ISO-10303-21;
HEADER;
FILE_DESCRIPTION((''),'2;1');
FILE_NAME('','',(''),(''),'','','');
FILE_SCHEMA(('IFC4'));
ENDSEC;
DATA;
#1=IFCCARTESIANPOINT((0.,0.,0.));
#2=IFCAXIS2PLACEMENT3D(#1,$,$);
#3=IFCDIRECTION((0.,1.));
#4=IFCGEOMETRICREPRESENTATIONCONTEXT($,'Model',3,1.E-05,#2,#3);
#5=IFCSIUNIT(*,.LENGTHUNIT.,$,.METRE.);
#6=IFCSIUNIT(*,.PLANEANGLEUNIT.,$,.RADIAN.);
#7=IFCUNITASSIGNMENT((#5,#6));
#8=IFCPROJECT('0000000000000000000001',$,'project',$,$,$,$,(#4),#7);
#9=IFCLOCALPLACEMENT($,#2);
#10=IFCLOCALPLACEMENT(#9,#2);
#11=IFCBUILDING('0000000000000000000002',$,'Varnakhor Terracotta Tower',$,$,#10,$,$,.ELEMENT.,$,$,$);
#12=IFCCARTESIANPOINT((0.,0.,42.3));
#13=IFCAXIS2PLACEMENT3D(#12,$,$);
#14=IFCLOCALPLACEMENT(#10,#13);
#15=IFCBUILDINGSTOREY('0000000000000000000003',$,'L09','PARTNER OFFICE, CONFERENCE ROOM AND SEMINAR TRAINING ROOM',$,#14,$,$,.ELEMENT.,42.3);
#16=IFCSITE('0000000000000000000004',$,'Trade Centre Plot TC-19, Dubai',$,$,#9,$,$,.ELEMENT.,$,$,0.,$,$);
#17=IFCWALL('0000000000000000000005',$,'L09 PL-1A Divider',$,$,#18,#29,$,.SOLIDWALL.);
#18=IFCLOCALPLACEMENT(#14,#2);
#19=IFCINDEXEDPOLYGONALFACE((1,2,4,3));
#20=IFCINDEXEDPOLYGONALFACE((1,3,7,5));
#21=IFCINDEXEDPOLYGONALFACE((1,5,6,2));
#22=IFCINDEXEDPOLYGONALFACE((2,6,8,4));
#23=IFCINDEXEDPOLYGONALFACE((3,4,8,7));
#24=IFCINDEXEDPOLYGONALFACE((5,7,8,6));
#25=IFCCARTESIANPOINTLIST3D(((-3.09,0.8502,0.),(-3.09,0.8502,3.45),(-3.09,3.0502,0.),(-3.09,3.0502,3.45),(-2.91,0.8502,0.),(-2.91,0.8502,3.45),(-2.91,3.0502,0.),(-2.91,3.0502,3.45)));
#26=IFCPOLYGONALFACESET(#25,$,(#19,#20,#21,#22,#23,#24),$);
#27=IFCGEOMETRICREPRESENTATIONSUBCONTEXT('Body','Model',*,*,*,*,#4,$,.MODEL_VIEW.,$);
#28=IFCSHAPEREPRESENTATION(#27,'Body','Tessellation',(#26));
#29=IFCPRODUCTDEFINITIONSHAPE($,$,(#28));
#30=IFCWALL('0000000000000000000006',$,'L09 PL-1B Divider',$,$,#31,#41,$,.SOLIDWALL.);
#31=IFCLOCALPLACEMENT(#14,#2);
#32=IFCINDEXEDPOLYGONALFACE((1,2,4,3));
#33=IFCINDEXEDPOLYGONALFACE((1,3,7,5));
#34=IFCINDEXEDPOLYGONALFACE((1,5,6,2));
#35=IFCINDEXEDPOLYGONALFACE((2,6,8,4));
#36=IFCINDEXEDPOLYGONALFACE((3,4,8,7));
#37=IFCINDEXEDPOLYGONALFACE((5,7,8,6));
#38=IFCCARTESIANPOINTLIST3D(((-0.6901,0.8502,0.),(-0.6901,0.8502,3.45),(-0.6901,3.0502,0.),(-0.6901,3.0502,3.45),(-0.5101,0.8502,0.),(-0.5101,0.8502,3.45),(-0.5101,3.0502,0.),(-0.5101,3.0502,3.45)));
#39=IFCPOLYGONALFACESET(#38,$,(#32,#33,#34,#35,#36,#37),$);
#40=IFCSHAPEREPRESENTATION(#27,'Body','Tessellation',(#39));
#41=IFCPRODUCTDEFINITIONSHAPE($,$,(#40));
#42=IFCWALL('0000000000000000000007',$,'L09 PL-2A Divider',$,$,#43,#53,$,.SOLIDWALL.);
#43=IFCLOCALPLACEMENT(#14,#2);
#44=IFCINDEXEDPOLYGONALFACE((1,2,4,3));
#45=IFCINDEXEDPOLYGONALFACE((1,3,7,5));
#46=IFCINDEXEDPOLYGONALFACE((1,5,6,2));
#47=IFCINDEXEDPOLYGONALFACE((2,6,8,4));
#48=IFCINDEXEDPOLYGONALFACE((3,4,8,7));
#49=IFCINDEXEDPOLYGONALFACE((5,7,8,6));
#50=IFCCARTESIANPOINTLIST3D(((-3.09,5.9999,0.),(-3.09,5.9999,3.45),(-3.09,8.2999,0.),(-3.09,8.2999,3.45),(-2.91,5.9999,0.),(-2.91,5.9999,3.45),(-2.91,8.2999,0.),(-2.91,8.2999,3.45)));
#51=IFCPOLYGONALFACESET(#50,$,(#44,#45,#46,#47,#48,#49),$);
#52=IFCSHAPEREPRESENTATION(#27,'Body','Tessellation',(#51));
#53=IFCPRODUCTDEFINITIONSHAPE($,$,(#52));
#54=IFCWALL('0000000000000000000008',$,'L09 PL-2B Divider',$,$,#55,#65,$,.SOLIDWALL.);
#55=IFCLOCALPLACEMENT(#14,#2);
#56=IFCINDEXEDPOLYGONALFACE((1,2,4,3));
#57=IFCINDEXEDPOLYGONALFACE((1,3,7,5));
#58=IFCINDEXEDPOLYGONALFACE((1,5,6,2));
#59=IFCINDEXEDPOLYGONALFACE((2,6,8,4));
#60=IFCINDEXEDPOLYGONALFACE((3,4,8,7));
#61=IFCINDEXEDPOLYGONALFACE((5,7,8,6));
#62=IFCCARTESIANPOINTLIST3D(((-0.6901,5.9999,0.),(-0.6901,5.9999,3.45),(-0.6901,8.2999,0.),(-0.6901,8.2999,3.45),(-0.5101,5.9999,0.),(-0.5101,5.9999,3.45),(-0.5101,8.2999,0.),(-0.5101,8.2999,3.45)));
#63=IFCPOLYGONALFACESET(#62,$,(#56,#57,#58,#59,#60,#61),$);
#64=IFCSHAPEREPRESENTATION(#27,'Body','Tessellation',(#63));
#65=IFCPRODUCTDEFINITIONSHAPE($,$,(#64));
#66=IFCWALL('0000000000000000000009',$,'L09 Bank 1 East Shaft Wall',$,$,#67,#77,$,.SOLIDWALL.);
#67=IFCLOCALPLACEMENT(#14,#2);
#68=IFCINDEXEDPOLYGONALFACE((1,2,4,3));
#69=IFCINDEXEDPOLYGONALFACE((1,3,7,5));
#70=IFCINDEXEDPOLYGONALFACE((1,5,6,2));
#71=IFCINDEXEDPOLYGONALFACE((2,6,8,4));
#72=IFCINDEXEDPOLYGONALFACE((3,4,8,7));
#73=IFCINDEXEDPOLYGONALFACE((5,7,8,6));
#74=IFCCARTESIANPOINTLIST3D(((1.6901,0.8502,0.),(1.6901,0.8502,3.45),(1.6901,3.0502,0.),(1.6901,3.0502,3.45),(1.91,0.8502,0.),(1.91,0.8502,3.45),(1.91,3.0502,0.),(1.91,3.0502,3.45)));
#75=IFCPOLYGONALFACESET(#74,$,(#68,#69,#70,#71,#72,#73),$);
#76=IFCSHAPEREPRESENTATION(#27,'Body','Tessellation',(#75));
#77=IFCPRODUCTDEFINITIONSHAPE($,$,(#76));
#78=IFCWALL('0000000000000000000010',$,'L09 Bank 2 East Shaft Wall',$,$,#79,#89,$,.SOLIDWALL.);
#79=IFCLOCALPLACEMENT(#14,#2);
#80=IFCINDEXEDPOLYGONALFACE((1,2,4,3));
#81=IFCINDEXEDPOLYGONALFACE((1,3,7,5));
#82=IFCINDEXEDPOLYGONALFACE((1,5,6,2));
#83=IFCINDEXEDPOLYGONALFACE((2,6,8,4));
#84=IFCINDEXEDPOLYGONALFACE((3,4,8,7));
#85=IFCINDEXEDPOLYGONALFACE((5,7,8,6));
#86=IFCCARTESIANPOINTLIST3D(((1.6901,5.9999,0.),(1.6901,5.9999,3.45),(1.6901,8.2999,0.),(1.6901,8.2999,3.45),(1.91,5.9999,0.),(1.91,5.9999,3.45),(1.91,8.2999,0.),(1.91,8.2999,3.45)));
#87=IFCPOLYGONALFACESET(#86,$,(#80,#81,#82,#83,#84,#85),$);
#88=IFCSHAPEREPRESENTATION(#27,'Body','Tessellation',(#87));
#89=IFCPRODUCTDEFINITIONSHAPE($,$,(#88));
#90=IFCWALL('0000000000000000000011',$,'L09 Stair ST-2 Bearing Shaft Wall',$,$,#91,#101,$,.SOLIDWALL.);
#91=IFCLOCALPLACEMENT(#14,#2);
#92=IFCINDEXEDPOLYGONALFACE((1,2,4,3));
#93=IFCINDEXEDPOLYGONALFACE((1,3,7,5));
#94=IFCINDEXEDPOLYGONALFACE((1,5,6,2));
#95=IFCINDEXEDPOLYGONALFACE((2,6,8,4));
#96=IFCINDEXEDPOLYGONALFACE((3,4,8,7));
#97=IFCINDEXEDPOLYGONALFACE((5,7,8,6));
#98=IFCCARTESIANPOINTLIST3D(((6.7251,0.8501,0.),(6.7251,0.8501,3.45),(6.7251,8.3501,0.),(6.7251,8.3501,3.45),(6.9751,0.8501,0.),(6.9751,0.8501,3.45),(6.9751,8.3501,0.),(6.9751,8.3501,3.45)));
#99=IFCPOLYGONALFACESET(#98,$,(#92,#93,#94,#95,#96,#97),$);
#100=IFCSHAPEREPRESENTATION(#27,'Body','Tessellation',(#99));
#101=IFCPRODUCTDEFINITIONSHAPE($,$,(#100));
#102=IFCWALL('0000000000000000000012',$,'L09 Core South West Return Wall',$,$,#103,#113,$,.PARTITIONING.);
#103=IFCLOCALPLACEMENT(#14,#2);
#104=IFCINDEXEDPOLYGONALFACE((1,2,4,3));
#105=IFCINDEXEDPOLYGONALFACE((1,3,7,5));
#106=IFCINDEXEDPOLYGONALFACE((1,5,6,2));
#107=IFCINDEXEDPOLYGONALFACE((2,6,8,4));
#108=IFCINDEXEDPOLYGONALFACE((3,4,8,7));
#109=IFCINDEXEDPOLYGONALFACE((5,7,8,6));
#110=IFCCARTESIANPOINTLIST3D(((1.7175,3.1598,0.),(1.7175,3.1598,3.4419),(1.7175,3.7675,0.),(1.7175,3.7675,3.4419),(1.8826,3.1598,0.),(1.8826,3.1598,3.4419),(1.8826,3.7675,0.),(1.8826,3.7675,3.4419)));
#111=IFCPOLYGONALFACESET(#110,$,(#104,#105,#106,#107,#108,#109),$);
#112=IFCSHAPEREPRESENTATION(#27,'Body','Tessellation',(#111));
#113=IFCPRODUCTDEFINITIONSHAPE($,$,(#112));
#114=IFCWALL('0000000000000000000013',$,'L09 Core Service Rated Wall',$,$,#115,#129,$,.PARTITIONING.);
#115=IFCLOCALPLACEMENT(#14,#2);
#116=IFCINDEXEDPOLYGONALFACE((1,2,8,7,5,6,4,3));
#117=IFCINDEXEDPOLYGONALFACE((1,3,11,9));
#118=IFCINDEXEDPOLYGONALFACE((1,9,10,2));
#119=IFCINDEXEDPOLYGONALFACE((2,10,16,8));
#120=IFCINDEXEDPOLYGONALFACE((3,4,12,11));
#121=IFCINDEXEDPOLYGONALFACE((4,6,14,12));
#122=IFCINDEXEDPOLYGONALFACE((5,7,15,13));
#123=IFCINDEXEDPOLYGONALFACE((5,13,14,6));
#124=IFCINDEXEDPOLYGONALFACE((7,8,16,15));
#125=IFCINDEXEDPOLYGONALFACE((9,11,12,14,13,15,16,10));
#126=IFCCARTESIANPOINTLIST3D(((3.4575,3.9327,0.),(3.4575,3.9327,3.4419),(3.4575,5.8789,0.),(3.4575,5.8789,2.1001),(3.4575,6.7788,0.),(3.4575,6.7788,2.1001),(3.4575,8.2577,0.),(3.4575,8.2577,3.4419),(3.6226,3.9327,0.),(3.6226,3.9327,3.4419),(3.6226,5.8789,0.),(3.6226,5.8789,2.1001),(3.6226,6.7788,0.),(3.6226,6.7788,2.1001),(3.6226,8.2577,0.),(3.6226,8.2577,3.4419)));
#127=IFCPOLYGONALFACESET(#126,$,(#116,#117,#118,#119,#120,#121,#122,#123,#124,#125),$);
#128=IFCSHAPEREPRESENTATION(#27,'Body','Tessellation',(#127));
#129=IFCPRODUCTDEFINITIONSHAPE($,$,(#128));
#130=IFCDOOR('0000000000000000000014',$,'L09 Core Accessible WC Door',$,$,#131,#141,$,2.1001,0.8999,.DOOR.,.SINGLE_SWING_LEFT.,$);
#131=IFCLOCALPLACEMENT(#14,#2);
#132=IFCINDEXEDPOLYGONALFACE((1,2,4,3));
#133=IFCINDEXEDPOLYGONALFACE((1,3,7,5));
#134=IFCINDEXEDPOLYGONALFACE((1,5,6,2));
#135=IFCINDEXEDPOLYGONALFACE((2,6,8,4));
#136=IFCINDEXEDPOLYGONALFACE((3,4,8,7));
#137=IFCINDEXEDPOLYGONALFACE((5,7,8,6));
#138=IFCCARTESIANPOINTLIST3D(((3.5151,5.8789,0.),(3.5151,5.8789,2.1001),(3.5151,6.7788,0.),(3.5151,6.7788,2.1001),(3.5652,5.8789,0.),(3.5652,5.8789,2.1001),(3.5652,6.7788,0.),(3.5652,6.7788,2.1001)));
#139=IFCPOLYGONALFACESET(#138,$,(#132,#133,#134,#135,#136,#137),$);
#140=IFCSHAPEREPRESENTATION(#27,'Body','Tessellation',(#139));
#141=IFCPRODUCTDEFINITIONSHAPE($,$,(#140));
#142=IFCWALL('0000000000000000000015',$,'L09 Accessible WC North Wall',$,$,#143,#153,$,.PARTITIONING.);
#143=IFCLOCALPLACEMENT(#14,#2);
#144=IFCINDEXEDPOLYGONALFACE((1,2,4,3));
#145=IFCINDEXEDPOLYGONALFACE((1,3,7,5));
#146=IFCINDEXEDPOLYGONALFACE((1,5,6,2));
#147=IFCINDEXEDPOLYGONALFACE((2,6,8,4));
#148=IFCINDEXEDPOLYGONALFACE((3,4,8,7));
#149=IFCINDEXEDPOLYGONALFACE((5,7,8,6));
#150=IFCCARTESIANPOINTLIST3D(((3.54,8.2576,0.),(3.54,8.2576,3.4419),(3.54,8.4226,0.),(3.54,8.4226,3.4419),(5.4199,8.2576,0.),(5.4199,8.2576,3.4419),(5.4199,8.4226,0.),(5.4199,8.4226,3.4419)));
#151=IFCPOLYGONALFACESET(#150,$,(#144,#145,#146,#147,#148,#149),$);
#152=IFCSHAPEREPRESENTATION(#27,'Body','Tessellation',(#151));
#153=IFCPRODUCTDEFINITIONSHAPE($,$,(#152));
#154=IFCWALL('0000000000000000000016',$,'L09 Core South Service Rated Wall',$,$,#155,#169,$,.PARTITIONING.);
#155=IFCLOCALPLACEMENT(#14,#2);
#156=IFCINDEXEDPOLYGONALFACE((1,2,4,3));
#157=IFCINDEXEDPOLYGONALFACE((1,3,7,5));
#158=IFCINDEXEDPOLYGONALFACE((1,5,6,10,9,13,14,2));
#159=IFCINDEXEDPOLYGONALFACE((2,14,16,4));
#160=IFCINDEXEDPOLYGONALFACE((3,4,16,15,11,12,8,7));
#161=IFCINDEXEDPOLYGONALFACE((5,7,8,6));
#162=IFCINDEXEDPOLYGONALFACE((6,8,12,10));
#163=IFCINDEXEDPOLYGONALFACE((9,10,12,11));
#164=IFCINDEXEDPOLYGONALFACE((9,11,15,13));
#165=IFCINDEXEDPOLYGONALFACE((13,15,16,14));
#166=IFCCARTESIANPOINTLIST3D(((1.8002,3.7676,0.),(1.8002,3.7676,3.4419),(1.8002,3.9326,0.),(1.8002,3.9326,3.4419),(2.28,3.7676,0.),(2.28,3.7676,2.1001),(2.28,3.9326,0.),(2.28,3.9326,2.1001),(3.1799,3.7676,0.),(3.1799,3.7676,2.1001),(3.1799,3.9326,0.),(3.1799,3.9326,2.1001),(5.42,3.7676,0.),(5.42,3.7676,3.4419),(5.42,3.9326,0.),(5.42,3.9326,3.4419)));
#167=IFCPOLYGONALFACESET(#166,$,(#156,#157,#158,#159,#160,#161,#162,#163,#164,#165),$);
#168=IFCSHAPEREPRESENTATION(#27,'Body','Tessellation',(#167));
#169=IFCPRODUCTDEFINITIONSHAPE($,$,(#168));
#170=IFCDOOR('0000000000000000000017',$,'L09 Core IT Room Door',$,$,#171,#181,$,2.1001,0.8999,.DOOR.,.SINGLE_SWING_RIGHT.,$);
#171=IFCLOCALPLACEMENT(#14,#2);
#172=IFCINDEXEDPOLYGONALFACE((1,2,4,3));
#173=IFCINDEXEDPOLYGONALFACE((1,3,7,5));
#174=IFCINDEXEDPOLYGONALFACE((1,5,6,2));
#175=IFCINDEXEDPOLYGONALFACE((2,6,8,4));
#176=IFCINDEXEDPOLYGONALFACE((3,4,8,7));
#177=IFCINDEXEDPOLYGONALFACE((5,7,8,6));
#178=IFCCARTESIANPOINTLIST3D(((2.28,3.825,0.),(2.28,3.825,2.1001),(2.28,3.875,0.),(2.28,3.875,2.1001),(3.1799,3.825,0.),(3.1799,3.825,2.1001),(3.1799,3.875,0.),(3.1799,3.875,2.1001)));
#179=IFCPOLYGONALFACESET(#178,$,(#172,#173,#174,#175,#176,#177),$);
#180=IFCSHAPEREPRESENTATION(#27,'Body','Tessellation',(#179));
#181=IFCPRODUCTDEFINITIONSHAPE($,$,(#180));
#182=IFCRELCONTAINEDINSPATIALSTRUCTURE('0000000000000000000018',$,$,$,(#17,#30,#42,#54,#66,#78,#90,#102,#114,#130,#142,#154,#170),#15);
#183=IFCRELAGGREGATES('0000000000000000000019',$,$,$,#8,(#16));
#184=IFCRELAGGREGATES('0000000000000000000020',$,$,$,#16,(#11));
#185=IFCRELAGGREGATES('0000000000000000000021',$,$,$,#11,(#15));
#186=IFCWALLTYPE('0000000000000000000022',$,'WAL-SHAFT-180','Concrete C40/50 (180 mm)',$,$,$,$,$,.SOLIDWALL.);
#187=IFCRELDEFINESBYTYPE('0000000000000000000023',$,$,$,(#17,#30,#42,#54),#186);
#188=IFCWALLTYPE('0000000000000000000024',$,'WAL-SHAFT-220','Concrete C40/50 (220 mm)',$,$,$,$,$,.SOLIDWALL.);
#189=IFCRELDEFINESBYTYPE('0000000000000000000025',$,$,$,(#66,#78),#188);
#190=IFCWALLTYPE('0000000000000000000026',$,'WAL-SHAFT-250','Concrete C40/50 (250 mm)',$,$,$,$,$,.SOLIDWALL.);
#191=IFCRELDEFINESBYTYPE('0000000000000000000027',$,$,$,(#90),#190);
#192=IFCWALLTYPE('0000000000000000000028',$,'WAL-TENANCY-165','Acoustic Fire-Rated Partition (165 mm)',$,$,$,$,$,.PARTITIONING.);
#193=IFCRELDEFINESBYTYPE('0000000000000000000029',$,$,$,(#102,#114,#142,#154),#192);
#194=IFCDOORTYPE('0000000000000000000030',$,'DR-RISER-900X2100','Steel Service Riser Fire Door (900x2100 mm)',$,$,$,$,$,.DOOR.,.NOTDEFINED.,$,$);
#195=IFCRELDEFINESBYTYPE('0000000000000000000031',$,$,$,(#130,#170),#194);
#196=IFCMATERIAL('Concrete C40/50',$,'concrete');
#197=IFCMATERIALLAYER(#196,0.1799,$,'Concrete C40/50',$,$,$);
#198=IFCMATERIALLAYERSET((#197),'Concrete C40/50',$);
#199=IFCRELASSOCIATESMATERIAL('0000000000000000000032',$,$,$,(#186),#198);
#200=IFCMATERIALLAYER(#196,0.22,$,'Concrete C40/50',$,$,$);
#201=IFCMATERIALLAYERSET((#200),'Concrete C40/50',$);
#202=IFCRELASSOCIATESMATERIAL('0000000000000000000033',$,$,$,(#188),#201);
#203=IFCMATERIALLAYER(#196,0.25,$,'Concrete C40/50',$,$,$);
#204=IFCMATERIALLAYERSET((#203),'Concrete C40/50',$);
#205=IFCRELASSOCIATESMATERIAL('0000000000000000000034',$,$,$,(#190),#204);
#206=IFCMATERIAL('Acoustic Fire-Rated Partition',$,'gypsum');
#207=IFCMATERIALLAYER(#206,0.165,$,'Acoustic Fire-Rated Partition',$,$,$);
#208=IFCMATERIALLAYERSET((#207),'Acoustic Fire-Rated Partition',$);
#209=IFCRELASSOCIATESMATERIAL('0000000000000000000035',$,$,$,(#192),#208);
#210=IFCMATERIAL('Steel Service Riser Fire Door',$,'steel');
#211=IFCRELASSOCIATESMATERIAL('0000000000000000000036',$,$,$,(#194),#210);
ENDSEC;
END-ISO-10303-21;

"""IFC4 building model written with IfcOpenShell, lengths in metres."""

from ifc_helpers import new_model, si_unit, direction, frame, frame_2d, origin, place, context, subcontext, project, spatial, rectangle, extrude, source, transform, mapped, material, layer, layer_set, type_object, type_shapes, element, fill, save


model = new_model("IFC4")

# Units and contexts
model_context = context("Model", 3, precision=1e-05, world=origin(), true_north=direction((0.0, 1.0)))
body_context = subcontext(model_context, "Body", "Model", "MODEL_VIEW")
ifc_project = project(units=[si_unit("LENGTHUNIT", "METRE"), si_unit("PLANEANGLEUNIT", "RADIAN")], contexts=[model_context])

# Site, building, storey
site_placement = place(None, origin())
site = spatial("IfcSite", under=ifc_project, at=site_placement, Name="Trade Centre Plot TC-19, Dubai", CompositionType="ELEMENT", RefElevation=0.0)
building_placement = place(site_placement, origin())
building = spatial("IfcBuilding", under=site, at=building_placement, Name="Varnakhor Terracotta Tower", CompositionType="ELEMENT")
storey_placement = place(building_placement, frame((0.0, 0.0, 42.3)))
storey = spatial("IfcBuildingStorey", under=building, at=storey_placement, Name="L09", Description="PARTNER OFFICE, CONFERENCE ROOM AND SEMINAR TRAINING ROOM", CompositionType="ELEMENT", Elevation=42.3)

# Shared definitions
ifc_material_1 = material(Name="Concrete C40/50", Category="concrete")

# Walls
ifc_layer_1 = layer(ifc_material_1, 0.1799, Name="Concrete C40/50")
ifc_layer_set_1 = layer_set([ifc_layer_1], Name="Concrete C40/50")
wall_type_1 = type_object("IfcWallType", Name="WAL-SHAFT-180", Description="Concrete C40/50 (180 mm)", PredefinedType="SOLIDWALL", material=ifc_layer_set_1)
for number, where, z_axis, x_axis, name in (
    (1, (-3.0, 0.8501, 0.0), (0.0, 0.0, 1.0), (0.0, 1.0, 0.0), "L09 PL-1A Divider"),
    (2, (-0.6001, 0.8501, 0.0), (0.0, 0.0, 1.0), (0.0, 1.0, 0.0), "L09 PL-1B Divider"),
):
    element("IfcWall", number, at=place(storey_placement, frame(where, z_axis=z_axis, x_axis=x_axis)), inside=storey, type_object=wall_type_1, Name=name, PredefinedType="SOLIDWALL", context=body_context, shape_type="SweptSolid", body=[
        extrude(rectangle(XDim=2.2, YDim=0.1799, at=frame_2d((1.1001, 0.0))), origin(), (0.0, 0.0, 1.0), 3.45),
    ])
for number, where, z_axis, x_axis, name in (
    (3, (-3.0, 6.0, 0.0), (0.0, 0.0, 1.0), (0.0, 1.0, 0.0), "L09 PL-2A Divider"),
    (4, (-0.6001, 6.0, 0.0), (0.0, 0.0, 1.0), (0.0, 1.0, 0.0), "L09 PL-2B Divider"),
):
    element("IfcWall", number, at=place(storey_placement, frame(where, z_axis=z_axis, x_axis=x_axis)), inside=storey, type_object=wall_type_1, Name=name, PredefinedType="SOLIDWALL", context=body_context, shape_type="SweptSolid", body=[
        extrude(rectangle(XDim=2.3, YDim=0.1799, at=frame_2d((1.1499, 0.0))), origin(), (0.0, 0.0, 1.0), 3.45),
    ])
ifc_layer_2 = layer(ifc_material_1, 0.22, Name="Concrete C40/50")
ifc_layer_set_2 = layer_set([ifc_layer_2], Name="Concrete C40/50")
wall_type_2 = type_object("IfcWallType", Name="WAL-SHAFT-220", Description="Concrete C40/50 (220 mm)", PredefinedType="SOLIDWALL", material=ifc_layer_set_2)
wall_1_placement = place(storey_placement, frame((1.8, 0.8501, 0.0), z_axis=(0.0, 0.0, 1.0), x_axis=(0.0, 1.0, 0.0)))
element("IfcWall", 5, at=wall_1_placement, inside=storey, type_object=wall_type_2, Name="L09 Bank 1 East Shaft Wall", PredefinedType="SOLIDWALL", context=body_context, shape_type="SweptSolid", body=[
    extrude(rectangle(XDim=2.2, YDim=0.22, at=frame_2d((1.1001, 0.0))), origin(), (0.0, 0.0, 1.0), 3.45),
])
wall_2_placement = place(storey_placement, frame((1.8, 6.0, 0.0), z_axis=(0.0, 0.0, 1.0), x_axis=(0.0, 1.0, 0.0)))
element("IfcWall", 6, at=wall_2_placement, inside=storey, type_object=wall_type_2, Name="L09 Bank 2 East Shaft Wall", PredefinedType="SOLIDWALL", context=body_context, shape_type="SweptSolid", body=[
    extrude(rectangle(XDim=2.3, YDim=0.22, at=frame_2d((1.1499, 0.0))), origin(), (0.0, 0.0, 1.0), 3.45),
])
ifc_layer_3 = layer(ifc_material_1, 0.25, Name="Concrete C40/50")
ifc_layer_set_3 = layer_set([ifc_layer_3], Name="Concrete C40/50")
wall_type_3 = type_object("IfcWallType", Name="WAL-SHAFT-250", Description="Concrete C40/50 (250 mm)", PredefinedType="SOLIDWALL", material=ifc_layer_set_3)
wall_3_placement = place(storey_placement, frame((6.8501, 0.8501, 0.0), z_axis=(0.0, 0.0, 1.0), x_axis=(0.0, 1.0, 0.0)))
element("IfcWall", 7, at=wall_3_placement, inside=storey, type_object=wall_type_3, Name="L09 Stair ST-2 Bearing Shaft Wall", PredefinedType="SOLIDWALL", context=body_context, shape_type="SweptSolid", body=[
    extrude(rectangle(XDim=7.5, YDim=0.25, at=frame_2d((3.75, 0.0))), origin(), (0.0, 0.0, 1.0), 3.45),
])
ifc_material_2 = material(Name="Acoustic Fire-Rated Partition", Category="gypsum")
ifc_layer_4 = layer(ifc_material_2, 0.165, Name="Acoustic Fire-Rated Partition")
ifc_layer_set_4 = layer_set([ifc_layer_4], Name="Acoustic Fire-Rated Partition")
wall_type_4 = type_object("IfcWallType", Name="WAL-TENANCY-165", Description="Acoustic Fire-Rated Partition (165 mm)", PredefinedType="PARTITIONING", material=ifc_layer_set_4)
wall_4_placement = place(storey_placement, frame((1.8, 3.1599, 0.0), z_axis=(0.0, 0.0, 1.0), x_axis=(0.0, 1.0, 0.0)))
element("IfcWall", 8, at=wall_4_placement, inside=storey, type_object=wall_type_4, Name="L09 Core South West Return Wall", PredefinedType="PARTITIONING", context=body_context, shape_type="SweptSolid", body=[
    extrude(rectangle(XDim=0.6077, YDim=0.165, at=frame_2d((0.3037, 0.0))), origin(), (0.0, 0.0, 1.0), 3.4419),
])

# Wall, opening, door
wall_5_placement = place(storey_placement, frame((3.54, 3.9326, 0.0), z_axis=(0.0, 0.0, 1.0), x_axis=(0.0, 1.0, 0.0)))
wall_5 = element("IfcWall", 9, at=wall_5_placement, inside=storey, type_object=wall_type_4, Name="L09 Core Service Rated Wall", PredefinedType="PARTITIONING", context=body_context, shape_type="SweptSolid", body=[
    extrude(rectangle(XDim=4.325, YDim=0.165, at=frame_2d((2.1626, 0.0))), origin(), (0.0, 0.0, 1.0), 3.4419),
])
opening_1_placement = place(wall_5_placement, frame((1.9463, 0.0, 0.0)))
opening_1 = element("IfcOpeningElement", 10, at=opening_1_placement, cuts=wall_5, PredefinedType="OPENING", context=body_context, shape_type="SweptSolid", body=[
    extrude(rectangle(XDim=0.8999, YDim=2.1001, at=frame_2d((0.45, 1.05))), frame((0.0, 0.0925, 0.0), z_axis=(0.0, -1.0, 0.0), x_axis=(1.0, 0.0, 0.0)), (0.0, 0.0, 1.0), 0.1851),
])
ifc_material_3 = material(Name="Steel Service Riser Fire Door", Category="steel")
door_type_1 = type_object("IfcDoorType", Name="DR-RISER-900X2100", Description="Steel Service Riser Fire Door (900x2100 mm)", OperationType="NOTDEFINED", PredefinedType="DOOR", material=ifc_material_3)
shared_shape_1 = source(origin(), body_context, "Body", "SweptSolid", [
    extrude(rectangle(XDim=0.8999, YDim=2.1001, at=frame_2d((0.45, 1.05))), frame((0.0, 0.0249, 0.0), z_axis=(0.0, -1.0, 0.0), x_axis=(1.0, 0.0, 0.0)), (0.0, 0.0, 1.0), 0.05),
])
type_shapes(door_type_1, [shared_shape_1])
door_1_placement = place(opening_1_placement, origin())
door_1 = element("IfcDoor", 11, at=door_1_placement, inside=storey, type_object=door_type_1, Name="L09 Core Accessible WC Door", OperationType="SINGLE_SWING_LEFT", OverallHeight=2.1001, OverallWidth=0.8999, PredefinedType="DOOR", context=body_context, shape_type="MappedRepresentation", body=[
    mapped(shared_shape_1, transform((0.0, 0.0, 0.0), scale=1.0)),
])
fill(opening_1, door_1)

# Wall
wall_6_placement = place(storey_placement, frame((3.54, 8.3401, 0.0), z_axis=(0.0, 0.0, 1.0), x_axis=(1.0, 0.0, 0.0)))
element("IfcWall", 12, at=wall_6_placement, inside=storey, type_object=wall_type_4, Name="L09 Accessible WC North Wall", PredefinedType="PARTITIONING", context=body_context, shape_type="SweptSolid", body=[
    extrude(rectangle(XDim=1.8799, YDim=0.165, at=frame_2d((0.9399, 0.0))), origin(), (0.0, 0.0, 1.0), 3.4419),
])

# Wall, opening, door
wall_7_placement = place(storey_placement, frame((1.8, 3.8501, 0.0), z_axis=(0.0, 0.0, 1.0), x_axis=(1.0, 0.0, 0.0)))
wall_7 = element("IfcWall", 13, at=wall_7_placement, inside=storey, type_object=wall_type_4, Name="L09 Core South Service Rated Wall", PredefinedType="PARTITIONING", context=body_context, shape_type="SweptSolid", body=[
    extrude(rectangle(XDim=3.6199, YDim=0.165, at=frame_2d((1.8101, 0.0))), origin(), (0.0, 0.0, 1.0), 3.4419),
])
opening_2_placement = place(wall_7_placement, frame((0.48, 0.0, 0.0)))
opening_2 = element("IfcOpeningElement", 14, at=opening_2_placement, cuts=wall_7, PredefinedType="OPENING", context=body_context, shape_type="SweptSolid", body=[
    extrude(rectangle(XDim=0.8999, YDim=2.1001, at=frame_2d((0.45, 1.05))), frame((0.0, 0.0925, 0.0), z_axis=(0.0, -1.0, 0.0), x_axis=(1.0, 0.0, 0.0)), (0.0, 0.0, 1.0), 0.1851),
])
door_2_placement = place(opening_2_placement, origin())
door_2 = element("IfcDoor", 15, at=door_2_placement, inside=storey, type_object=door_type_1, Name="L09 Core IT Room Door", OperationType="SINGLE_SWING_RIGHT", OverallHeight=2.1001, OverallWidth=0.8999, PredefinedType="DOOR", context=body_context, shape_type="MappedRepresentation", body=[
    mapped(shared_shape_1, transform((0.0, 0.0, 0.0), scale=1.0)),
])
fill(opening_2, door_2)

save(model, "model.ifc")
